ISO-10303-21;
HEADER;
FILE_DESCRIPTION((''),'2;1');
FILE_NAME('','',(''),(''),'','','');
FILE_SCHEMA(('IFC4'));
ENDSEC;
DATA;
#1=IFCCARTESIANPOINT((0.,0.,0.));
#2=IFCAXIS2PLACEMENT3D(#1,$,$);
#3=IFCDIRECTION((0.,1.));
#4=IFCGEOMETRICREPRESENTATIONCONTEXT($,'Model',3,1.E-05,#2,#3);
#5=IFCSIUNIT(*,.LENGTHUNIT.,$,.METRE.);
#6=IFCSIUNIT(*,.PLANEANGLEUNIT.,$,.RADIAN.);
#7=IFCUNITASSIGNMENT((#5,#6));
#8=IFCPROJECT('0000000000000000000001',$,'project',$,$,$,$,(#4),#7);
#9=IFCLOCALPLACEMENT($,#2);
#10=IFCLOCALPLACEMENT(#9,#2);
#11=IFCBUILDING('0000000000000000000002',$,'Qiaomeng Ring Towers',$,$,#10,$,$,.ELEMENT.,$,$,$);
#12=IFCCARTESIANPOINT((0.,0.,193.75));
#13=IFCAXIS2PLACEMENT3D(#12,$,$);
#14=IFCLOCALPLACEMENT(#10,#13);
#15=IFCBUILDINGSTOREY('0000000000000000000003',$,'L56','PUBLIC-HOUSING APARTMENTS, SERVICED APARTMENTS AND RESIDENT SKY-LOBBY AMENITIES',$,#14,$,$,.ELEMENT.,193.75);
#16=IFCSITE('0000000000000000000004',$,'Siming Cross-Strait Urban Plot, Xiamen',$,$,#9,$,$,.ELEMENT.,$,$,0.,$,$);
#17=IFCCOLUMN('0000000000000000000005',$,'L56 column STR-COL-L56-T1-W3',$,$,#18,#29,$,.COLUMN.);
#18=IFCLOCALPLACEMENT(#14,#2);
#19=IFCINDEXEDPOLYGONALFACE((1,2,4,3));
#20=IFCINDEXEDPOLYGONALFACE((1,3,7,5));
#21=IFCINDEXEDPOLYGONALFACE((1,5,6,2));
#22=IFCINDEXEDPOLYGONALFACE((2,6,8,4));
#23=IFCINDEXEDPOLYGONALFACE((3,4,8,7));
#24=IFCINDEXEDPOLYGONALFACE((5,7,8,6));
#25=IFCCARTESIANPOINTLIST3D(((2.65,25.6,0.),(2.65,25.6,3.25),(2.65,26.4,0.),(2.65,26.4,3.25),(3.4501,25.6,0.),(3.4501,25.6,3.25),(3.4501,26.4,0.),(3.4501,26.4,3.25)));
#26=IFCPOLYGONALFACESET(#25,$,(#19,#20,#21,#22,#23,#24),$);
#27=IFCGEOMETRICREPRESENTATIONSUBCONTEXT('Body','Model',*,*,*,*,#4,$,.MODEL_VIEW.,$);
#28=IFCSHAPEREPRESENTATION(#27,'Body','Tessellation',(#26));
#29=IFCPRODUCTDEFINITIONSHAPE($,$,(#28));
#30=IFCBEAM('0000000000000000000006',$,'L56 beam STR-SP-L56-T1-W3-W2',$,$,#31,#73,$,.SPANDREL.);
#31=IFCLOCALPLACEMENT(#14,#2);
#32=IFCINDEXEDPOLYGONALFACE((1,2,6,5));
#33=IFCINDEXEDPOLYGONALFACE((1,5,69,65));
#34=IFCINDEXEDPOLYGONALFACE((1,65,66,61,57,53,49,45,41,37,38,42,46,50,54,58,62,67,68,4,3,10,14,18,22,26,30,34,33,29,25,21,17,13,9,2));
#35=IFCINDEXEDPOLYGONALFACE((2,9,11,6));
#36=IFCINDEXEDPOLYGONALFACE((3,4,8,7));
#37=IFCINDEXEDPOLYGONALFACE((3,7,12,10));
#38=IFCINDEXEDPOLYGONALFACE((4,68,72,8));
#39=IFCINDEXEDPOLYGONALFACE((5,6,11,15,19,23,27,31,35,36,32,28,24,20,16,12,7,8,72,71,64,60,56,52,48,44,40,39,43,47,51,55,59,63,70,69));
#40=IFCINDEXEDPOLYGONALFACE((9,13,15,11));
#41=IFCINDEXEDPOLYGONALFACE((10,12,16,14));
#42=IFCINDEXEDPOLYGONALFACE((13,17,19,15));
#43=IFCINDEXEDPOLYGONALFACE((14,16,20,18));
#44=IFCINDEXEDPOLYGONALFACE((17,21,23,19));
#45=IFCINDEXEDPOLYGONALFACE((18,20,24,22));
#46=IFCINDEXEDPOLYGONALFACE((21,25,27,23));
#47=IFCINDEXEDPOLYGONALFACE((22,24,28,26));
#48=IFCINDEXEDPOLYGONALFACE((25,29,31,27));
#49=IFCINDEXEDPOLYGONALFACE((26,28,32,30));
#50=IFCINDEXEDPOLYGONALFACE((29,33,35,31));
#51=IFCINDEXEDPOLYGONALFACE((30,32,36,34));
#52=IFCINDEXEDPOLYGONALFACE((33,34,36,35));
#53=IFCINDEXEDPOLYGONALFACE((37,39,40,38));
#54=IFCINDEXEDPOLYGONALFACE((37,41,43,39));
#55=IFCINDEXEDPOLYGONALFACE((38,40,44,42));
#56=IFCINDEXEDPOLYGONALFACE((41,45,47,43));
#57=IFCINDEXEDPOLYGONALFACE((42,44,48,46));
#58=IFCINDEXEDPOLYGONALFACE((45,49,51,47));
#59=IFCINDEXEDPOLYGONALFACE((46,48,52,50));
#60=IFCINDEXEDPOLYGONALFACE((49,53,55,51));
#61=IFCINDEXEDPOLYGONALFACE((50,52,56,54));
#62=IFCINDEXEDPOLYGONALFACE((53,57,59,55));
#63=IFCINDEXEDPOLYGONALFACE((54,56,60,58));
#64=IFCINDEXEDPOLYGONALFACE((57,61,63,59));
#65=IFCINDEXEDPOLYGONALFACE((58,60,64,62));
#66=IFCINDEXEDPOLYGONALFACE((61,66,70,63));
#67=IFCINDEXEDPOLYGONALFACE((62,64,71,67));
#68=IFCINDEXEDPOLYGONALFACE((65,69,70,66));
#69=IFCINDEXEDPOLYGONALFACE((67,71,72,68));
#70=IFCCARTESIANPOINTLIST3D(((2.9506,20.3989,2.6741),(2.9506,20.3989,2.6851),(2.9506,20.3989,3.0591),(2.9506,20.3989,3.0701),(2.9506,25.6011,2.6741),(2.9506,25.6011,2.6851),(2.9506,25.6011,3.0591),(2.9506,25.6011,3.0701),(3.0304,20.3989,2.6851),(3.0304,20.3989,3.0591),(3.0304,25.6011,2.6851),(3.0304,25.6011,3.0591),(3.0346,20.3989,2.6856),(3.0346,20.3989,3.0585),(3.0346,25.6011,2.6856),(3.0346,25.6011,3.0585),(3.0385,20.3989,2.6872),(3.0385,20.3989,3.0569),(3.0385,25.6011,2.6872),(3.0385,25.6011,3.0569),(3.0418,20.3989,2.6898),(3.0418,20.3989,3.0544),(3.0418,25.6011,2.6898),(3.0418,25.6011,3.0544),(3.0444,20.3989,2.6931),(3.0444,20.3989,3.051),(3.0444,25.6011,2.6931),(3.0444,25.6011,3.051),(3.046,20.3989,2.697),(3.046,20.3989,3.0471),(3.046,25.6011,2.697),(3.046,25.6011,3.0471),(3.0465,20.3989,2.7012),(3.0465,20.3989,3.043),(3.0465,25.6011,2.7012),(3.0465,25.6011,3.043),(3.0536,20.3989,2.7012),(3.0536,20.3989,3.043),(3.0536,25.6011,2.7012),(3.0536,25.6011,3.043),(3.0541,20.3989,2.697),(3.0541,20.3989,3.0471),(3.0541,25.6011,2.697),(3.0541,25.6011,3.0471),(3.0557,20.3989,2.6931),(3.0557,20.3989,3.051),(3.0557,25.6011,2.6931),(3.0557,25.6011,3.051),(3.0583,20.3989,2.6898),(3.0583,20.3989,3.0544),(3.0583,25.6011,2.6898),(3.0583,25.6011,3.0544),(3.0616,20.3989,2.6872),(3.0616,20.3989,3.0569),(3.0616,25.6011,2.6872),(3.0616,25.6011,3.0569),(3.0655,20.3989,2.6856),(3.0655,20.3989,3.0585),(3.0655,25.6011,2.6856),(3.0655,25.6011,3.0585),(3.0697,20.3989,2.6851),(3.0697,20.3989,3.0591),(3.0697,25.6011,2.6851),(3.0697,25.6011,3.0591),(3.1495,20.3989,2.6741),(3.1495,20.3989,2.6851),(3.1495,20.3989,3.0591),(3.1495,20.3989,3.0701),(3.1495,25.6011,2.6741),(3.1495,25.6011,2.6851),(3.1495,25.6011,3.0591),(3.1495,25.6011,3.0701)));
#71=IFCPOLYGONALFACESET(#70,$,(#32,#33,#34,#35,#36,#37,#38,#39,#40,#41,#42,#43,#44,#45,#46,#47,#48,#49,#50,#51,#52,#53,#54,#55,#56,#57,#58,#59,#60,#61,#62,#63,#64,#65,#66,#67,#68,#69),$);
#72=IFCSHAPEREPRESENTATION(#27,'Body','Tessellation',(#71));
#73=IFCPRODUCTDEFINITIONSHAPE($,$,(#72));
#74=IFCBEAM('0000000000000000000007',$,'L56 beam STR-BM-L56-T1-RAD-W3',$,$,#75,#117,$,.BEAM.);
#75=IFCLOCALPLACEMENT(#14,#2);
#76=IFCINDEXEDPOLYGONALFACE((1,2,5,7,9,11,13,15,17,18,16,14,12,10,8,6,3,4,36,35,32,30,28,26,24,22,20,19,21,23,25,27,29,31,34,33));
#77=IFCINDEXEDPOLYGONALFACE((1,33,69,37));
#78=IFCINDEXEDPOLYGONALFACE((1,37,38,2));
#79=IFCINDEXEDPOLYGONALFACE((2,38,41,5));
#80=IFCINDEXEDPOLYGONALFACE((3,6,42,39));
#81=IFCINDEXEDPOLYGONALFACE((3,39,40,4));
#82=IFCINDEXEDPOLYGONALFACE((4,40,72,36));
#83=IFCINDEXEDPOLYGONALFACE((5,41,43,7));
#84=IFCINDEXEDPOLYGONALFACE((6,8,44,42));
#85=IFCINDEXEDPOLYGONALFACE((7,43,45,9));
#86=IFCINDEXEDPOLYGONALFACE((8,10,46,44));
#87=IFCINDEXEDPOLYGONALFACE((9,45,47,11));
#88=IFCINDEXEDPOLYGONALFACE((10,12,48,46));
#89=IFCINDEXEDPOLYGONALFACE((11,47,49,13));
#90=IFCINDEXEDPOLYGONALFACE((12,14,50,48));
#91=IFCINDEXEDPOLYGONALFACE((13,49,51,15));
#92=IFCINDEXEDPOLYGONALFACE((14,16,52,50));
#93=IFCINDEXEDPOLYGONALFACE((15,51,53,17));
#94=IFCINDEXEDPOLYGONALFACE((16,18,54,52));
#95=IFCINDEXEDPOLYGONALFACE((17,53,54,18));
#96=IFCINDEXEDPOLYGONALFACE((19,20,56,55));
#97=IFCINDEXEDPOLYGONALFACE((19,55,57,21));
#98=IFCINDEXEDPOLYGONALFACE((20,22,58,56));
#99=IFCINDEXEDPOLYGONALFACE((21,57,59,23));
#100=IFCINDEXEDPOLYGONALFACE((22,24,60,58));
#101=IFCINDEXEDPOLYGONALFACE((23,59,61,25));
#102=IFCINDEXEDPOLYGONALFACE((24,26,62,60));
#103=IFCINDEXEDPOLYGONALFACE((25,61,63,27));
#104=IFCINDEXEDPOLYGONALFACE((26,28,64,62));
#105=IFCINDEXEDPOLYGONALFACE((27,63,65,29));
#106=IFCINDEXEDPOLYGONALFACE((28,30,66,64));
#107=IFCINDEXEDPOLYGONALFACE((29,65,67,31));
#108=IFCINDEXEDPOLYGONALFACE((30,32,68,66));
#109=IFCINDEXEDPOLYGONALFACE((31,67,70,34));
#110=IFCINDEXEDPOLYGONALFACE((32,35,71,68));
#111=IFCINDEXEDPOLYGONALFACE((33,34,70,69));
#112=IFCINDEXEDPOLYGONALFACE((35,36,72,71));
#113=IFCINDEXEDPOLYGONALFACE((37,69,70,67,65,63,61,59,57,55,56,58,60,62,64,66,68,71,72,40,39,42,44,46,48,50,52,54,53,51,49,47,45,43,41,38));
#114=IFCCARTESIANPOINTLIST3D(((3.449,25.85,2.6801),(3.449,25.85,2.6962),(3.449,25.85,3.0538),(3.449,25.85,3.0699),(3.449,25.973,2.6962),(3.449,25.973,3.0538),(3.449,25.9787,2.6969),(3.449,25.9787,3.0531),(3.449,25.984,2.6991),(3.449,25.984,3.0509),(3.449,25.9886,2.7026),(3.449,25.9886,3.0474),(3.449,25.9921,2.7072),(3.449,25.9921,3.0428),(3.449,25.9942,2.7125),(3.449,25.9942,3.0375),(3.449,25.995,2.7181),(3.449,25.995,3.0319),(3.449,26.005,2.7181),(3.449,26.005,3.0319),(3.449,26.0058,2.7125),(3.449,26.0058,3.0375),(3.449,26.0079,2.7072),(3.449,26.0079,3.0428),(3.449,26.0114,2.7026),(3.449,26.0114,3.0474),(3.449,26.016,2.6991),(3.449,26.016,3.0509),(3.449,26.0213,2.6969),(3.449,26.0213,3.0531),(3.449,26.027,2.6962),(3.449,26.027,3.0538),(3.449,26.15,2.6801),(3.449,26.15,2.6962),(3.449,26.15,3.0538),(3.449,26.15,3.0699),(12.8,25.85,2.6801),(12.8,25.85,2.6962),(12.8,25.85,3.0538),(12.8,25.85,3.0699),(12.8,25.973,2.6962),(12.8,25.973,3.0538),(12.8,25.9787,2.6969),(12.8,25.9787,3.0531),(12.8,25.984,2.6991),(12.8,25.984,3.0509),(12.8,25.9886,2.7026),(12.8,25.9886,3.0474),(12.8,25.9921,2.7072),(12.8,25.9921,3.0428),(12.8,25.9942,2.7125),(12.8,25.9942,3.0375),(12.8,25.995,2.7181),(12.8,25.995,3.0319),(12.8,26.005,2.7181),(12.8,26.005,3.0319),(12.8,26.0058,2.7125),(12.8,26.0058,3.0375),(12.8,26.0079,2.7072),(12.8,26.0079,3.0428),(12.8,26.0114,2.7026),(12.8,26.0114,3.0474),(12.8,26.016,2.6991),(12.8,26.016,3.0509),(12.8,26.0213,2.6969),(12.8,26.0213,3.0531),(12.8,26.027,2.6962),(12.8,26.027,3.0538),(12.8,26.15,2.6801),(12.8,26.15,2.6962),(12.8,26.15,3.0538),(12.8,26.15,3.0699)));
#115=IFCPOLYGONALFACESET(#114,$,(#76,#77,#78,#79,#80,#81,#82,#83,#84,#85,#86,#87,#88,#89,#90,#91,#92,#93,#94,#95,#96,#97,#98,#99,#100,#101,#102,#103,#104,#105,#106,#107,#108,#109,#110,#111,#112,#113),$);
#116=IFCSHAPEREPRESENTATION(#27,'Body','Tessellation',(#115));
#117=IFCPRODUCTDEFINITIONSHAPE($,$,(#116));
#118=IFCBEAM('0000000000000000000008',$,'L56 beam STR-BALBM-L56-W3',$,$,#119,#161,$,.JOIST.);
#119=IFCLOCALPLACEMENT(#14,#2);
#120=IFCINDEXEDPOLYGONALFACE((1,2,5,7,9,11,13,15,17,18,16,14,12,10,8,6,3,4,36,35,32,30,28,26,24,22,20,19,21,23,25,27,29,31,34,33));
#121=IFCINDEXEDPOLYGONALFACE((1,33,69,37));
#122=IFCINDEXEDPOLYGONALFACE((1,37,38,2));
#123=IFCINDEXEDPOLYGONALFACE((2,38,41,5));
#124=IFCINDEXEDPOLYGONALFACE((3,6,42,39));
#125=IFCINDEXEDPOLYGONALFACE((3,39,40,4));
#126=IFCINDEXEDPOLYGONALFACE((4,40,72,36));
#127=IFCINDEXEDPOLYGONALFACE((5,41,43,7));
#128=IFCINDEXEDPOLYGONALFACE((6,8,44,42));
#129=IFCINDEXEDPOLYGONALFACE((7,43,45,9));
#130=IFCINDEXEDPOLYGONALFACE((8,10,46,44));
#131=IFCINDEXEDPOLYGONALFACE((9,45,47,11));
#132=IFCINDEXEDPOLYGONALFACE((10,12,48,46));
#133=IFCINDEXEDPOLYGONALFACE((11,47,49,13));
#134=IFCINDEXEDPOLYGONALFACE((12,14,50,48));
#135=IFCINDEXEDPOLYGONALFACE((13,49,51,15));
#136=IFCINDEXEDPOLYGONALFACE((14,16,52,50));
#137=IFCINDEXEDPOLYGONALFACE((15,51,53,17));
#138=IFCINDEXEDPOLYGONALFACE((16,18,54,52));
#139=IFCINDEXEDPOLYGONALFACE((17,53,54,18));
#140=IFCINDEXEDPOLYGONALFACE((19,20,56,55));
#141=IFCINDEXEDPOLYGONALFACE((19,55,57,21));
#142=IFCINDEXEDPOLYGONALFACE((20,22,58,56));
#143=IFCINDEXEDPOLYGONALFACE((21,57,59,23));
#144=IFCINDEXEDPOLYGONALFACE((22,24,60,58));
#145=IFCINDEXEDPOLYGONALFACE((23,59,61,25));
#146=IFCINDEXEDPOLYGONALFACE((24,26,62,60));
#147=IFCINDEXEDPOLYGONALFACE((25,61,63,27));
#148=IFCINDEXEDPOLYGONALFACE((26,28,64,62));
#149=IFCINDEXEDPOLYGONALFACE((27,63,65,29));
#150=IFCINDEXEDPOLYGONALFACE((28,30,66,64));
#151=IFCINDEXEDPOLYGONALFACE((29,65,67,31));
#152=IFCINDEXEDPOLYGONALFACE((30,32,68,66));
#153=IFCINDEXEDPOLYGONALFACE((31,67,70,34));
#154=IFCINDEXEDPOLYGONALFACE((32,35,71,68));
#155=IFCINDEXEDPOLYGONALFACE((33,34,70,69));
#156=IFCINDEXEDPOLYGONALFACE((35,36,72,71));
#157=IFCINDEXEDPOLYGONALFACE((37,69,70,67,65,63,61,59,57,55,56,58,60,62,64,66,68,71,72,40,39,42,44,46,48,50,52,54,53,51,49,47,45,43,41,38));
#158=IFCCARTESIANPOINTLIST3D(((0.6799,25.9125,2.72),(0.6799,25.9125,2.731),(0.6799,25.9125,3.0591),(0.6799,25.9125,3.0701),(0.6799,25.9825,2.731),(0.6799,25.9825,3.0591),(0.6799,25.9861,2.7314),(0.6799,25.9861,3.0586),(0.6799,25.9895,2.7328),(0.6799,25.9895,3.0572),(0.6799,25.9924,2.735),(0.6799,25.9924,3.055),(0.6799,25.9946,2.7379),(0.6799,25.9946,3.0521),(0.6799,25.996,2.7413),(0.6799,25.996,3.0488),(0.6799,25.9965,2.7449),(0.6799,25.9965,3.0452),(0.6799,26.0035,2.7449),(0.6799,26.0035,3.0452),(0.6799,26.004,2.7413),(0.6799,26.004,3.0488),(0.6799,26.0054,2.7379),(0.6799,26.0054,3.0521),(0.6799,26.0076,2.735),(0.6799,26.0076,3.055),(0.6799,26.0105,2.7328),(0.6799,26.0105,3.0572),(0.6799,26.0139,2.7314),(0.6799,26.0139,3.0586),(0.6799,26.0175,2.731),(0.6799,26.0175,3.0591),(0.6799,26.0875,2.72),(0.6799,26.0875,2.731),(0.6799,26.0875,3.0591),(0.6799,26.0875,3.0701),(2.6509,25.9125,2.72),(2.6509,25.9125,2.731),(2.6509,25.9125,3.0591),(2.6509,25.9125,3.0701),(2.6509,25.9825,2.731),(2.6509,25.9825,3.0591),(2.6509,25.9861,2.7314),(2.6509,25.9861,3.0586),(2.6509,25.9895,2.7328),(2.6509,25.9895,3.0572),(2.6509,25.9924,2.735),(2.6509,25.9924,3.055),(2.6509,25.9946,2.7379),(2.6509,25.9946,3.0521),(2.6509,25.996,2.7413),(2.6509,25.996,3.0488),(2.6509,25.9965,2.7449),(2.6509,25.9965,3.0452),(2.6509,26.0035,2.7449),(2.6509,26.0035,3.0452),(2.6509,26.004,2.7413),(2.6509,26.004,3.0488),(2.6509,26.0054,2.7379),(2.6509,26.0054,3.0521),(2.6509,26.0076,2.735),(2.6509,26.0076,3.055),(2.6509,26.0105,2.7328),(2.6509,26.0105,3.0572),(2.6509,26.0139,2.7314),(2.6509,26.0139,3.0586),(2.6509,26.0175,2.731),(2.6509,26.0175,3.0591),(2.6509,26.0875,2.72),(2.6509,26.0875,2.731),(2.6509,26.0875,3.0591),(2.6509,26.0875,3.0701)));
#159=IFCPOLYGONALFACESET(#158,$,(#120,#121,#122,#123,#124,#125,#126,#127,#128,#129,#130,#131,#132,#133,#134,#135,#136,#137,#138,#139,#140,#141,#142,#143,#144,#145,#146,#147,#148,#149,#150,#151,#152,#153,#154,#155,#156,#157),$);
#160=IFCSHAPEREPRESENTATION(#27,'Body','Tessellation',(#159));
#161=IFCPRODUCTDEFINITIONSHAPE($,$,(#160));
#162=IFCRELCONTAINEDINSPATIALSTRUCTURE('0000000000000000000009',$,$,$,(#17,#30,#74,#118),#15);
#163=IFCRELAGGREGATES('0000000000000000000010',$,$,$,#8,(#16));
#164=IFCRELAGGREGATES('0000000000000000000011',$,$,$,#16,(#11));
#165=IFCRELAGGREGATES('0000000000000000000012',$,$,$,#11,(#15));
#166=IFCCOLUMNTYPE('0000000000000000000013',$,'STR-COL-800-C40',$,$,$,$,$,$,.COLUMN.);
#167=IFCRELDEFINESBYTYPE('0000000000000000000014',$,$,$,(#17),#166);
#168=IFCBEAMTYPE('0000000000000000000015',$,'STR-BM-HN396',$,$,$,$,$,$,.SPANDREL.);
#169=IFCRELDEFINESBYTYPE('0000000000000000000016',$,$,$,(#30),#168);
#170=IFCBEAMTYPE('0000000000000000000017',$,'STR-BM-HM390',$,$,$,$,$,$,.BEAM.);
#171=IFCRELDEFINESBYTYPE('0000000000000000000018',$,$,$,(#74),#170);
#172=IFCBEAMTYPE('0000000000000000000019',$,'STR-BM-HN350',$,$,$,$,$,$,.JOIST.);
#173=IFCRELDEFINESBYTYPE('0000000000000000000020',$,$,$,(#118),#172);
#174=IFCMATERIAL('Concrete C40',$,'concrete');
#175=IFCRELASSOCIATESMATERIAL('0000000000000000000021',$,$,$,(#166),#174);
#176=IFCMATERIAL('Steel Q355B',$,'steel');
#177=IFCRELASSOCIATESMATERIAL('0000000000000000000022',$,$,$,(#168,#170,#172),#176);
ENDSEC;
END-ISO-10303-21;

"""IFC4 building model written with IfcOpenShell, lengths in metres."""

from ifc_helpers import new_model, si_unit, direction, frame, origin, origin_2d, place, context, subcontext, project, spatial, rectangle, i_section, extrude, source, transform, mapped, material, material_profile, profile_set, type_object, element, save


model = new_model("IFC4")

# Units and contexts
model_context = context("Model", 3, precision=1e-05, world=origin(), true_north=direction((0.0, 1.0)))
body_context = subcontext(model_context, "Body", "Model", "MODEL_VIEW")
ifc_project = project(units=[si_unit("LENGTHUNIT", "METRE"), si_unit("PLANEANGLEUNIT", "RADIAN")], contexts=[model_context])

# Site, building, storey
site_placement = place(None, origin())
site = spatial("IfcSite", under=ifc_project, at=site_placement, Name="Siming Cross-Strait Urban Plot, Xiamen", CompositionType="ELEMENT", RefElevation=0.0)
building_placement = place(site_placement, origin())
building = spatial("IfcBuilding", under=site, at=building_placement, Name="Qiaomeng Ring Towers", CompositionType="ELEMENT")
storey_placement = place(building_placement, frame((0.0, 0.0, 193.75)))
storey = spatial("IfcBuildingStorey", under=building, at=storey_placement, Name="L56", Description="PUBLIC-HOUSING APARTMENTS, SERVICED APARTMENTS AND RESIDENT SKY-LOBBY AMENITIES", CompositionType="ELEMENT", Elevation=193.75)

# Column
ifc_material_1 = material(Name="Concrete C40", Category="concrete")
ifc_material_profile_1 = material_profile(ifc_material_1, rectangle(XDim=0.8, YDim=0.8, at=origin_2d()), Name="RC COL 800x800")
ifc_profile_set_1 = profile_set([ifc_material_profile_1], Name="Concrete C40")
column_type = type_object("IfcColumnType", Name="STR-COL-800-C40", PredefinedType="COLUMN", material=ifc_profile_set_1)
shared_shape_1 = source(origin(), body_context, "Body", "SweptSolid", [
    extrude(rectangle(XDim=0.8, YDim=0.8, at=origin_2d()), origin(), (0.0, 0.0, 1.0), 3.25),
])
column_placement = place(storey_placement, frame((3.05, 26.0, 0.0), z_axis=(0.0, 0.0, 1.0), x_axis=(1.0, 0.0, 0.0)))
element("IfcColumn", 1, at=column_placement, inside=storey, type_object=column_type, Name="L56 column STR-COL-L56-T1-W3", PredefinedType="COLUMN", context=body_context, shape_type="MappedRepresentation", body=[
    mapped(shared_shape_1, transform((0.0, 0.0, 0.0), x_axis=(1.0, 0.0, 0.0), y_axis=(0.0, 1.0, 0.0), z_axis=(0.0, 0.0, 1.0), scale=1.0)),
])

# Beams
ifc_material_2 = material(Name="Steel Q355B", Category="steel")
ifc_material_profile_2 = material_profile(ifc_material_2, i_section(OverallWidth=0.199, OverallDepth=0.396, WebThickness=0.0071, FlangeThickness=0.011, FilletRadius=0.0161, at=origin_2d()), Name="HN 396x199x7x11")
ifc_profile_set_2 = profile_set([ifc_material_profile_2], Name="Steel Q355B")
beam_type_1 = type_object("IfcBeamType", Name="STR-BM-HN396", PredefinedType="SPANDREL", material=ifc_profile_set_2)
shared_shape_2 = source(origin(), body_context, "Body", "SweptSolid", [
    extrude(i_section(OverallWidth=0.199, OverallDepth=0.396, WebThickness=0.0071, FlangeThickness=0.011, FilletRadius=0.0161, at=origin_2d()), origin(), (0.0, 0.0, 1.0), 5.2021),
])
beam_1_placement = place(storey_placement, frame((3.05, 25.6011, 2.8721), z_axis=(0.0, -1.0, 0.0), x_axis=(1.0, 0.0, 0.0)))
element("IfcBeam", 2, at=beam_1_placement, inside=storey, type_object=beam_type_1, Name="L56 beam STR-SP-L56-T1-W3-W2", PredefinedType="SPANDREL", context=body_context, shape_type="MappedRepresentation", body=[
    mapped(shared_shape_2, transform((0.0, 0.0, 0.0), x_axis=(1.0, 0.0, 0.0), y_axis=(0.0, 1.0, 0.0), z_axis=(0.0, 0.0, 1.0), scale=1.0)),
])
ifc_material_profile_3 = material_profile(ifc_material_2, i_section(OverallWidth=0.3, OverallDepth=0.3899, WebThickness=0.01, FlangeThickness=0.0161, FilletRadius=0.022, at=origin_2d()), Name="HM 390x300x10x16")
ifc_profile_set_3 = profile_set([ifc_material_profile_3], Name="Steel Q355B")
beam_type_2 = type_object("IfcBeamType", Name="STR-BM-HM390", PredefinedType="BEAM", material=ifc_profile_set_3)
shared_shape_3 = source(origin(), body_context, "Body", "SweptSolid", [
    extrude(i_section(OverallWidth=0.3, OverallDepth=0.3899, WebThickness=0.01, FlangeThickness=0.0161, FilletRadius=0.022, at=origin_2d()), origin(), (0.0, 0.0, 1.0), 9.3511),
])
beam_2_placement = place(storey_placement, frame((3.449, 26.0, 2.875), z_axis=(1.0, 0.0, 0.0), x_axis=(0.0, 1.0, 0.0)))
element("IfcBeam", 3, at=beam_2_placement, inside=storey, type_object=beam_type_2, Name="L56 beam STR-BM-L56-T1-RAD-W3", PredefinedType="BEAM", context=body_context, shape_type="MappedRepresentation", body=[
    mapped(shared_shape_3, transform((0.0, 0.0, 0.0), x_axis=(1.0, 0.0, 0.0), y_axis=(0.0, 1.0, 0.0), z_axis=(0.0, 0.0, 1.0), scale=1.0)),
])
ifc_material_profile_4 = material_profile(ifc_material_2, i_section(OverallWidth=0.175, OverallDepth=0.3501, WebThickness=0.0071, FlangeThickness=0.011, FilletRadius=0.0139, at=origin_2d()), Name="HN 350x175x7x11")
ifc_profile_set_4 = profile_set([ifc_material_profile_4], Name="Steel Q355B")
beam_type_3 = type_object("IfcBeamType", Name="STR-BM-HN350", PredefinedType="JOIST", material=ifc_profile_set_4)
shared_shape_4 = source(origin(), body_context, "Body", "SweptSolid", [
    extrude(i_section(OverallWidth=0.175, OverallDepth=0.3501, WebThickness=0.0071, FlangeThickness=0.011, FilletRadius=0.0139, at=origin_2d()), origin(), (0.0, 0.0, 1.0), 1.9709),
])
beam_3_placement = place(storey_placement, frame((0.6799, 26.0, 2.895), z_axis=(1.0, 0.0, 0.0), x_axis=(0.0, 1.0, 0.0)))
element("IfcBeam", 4, at=beam_3_placement, inside=storey, type_object=beam_type_3, Name="L56 beam STR-BALBM-L56-W3", PredefinedType="JOIST", context=body_context, shape_type="MappedRepresentation", body=[
    mapped(shared_shape_4, transform((0.0, 0.0, 0.0), x_axis=(1.0, 0.0, 0.0), y_axis=(0.0, 1.0, 0.0), z_axis=(0.0, 0.0, 1.0), scale=1.0)),
])

save(model, "model.ifc")
